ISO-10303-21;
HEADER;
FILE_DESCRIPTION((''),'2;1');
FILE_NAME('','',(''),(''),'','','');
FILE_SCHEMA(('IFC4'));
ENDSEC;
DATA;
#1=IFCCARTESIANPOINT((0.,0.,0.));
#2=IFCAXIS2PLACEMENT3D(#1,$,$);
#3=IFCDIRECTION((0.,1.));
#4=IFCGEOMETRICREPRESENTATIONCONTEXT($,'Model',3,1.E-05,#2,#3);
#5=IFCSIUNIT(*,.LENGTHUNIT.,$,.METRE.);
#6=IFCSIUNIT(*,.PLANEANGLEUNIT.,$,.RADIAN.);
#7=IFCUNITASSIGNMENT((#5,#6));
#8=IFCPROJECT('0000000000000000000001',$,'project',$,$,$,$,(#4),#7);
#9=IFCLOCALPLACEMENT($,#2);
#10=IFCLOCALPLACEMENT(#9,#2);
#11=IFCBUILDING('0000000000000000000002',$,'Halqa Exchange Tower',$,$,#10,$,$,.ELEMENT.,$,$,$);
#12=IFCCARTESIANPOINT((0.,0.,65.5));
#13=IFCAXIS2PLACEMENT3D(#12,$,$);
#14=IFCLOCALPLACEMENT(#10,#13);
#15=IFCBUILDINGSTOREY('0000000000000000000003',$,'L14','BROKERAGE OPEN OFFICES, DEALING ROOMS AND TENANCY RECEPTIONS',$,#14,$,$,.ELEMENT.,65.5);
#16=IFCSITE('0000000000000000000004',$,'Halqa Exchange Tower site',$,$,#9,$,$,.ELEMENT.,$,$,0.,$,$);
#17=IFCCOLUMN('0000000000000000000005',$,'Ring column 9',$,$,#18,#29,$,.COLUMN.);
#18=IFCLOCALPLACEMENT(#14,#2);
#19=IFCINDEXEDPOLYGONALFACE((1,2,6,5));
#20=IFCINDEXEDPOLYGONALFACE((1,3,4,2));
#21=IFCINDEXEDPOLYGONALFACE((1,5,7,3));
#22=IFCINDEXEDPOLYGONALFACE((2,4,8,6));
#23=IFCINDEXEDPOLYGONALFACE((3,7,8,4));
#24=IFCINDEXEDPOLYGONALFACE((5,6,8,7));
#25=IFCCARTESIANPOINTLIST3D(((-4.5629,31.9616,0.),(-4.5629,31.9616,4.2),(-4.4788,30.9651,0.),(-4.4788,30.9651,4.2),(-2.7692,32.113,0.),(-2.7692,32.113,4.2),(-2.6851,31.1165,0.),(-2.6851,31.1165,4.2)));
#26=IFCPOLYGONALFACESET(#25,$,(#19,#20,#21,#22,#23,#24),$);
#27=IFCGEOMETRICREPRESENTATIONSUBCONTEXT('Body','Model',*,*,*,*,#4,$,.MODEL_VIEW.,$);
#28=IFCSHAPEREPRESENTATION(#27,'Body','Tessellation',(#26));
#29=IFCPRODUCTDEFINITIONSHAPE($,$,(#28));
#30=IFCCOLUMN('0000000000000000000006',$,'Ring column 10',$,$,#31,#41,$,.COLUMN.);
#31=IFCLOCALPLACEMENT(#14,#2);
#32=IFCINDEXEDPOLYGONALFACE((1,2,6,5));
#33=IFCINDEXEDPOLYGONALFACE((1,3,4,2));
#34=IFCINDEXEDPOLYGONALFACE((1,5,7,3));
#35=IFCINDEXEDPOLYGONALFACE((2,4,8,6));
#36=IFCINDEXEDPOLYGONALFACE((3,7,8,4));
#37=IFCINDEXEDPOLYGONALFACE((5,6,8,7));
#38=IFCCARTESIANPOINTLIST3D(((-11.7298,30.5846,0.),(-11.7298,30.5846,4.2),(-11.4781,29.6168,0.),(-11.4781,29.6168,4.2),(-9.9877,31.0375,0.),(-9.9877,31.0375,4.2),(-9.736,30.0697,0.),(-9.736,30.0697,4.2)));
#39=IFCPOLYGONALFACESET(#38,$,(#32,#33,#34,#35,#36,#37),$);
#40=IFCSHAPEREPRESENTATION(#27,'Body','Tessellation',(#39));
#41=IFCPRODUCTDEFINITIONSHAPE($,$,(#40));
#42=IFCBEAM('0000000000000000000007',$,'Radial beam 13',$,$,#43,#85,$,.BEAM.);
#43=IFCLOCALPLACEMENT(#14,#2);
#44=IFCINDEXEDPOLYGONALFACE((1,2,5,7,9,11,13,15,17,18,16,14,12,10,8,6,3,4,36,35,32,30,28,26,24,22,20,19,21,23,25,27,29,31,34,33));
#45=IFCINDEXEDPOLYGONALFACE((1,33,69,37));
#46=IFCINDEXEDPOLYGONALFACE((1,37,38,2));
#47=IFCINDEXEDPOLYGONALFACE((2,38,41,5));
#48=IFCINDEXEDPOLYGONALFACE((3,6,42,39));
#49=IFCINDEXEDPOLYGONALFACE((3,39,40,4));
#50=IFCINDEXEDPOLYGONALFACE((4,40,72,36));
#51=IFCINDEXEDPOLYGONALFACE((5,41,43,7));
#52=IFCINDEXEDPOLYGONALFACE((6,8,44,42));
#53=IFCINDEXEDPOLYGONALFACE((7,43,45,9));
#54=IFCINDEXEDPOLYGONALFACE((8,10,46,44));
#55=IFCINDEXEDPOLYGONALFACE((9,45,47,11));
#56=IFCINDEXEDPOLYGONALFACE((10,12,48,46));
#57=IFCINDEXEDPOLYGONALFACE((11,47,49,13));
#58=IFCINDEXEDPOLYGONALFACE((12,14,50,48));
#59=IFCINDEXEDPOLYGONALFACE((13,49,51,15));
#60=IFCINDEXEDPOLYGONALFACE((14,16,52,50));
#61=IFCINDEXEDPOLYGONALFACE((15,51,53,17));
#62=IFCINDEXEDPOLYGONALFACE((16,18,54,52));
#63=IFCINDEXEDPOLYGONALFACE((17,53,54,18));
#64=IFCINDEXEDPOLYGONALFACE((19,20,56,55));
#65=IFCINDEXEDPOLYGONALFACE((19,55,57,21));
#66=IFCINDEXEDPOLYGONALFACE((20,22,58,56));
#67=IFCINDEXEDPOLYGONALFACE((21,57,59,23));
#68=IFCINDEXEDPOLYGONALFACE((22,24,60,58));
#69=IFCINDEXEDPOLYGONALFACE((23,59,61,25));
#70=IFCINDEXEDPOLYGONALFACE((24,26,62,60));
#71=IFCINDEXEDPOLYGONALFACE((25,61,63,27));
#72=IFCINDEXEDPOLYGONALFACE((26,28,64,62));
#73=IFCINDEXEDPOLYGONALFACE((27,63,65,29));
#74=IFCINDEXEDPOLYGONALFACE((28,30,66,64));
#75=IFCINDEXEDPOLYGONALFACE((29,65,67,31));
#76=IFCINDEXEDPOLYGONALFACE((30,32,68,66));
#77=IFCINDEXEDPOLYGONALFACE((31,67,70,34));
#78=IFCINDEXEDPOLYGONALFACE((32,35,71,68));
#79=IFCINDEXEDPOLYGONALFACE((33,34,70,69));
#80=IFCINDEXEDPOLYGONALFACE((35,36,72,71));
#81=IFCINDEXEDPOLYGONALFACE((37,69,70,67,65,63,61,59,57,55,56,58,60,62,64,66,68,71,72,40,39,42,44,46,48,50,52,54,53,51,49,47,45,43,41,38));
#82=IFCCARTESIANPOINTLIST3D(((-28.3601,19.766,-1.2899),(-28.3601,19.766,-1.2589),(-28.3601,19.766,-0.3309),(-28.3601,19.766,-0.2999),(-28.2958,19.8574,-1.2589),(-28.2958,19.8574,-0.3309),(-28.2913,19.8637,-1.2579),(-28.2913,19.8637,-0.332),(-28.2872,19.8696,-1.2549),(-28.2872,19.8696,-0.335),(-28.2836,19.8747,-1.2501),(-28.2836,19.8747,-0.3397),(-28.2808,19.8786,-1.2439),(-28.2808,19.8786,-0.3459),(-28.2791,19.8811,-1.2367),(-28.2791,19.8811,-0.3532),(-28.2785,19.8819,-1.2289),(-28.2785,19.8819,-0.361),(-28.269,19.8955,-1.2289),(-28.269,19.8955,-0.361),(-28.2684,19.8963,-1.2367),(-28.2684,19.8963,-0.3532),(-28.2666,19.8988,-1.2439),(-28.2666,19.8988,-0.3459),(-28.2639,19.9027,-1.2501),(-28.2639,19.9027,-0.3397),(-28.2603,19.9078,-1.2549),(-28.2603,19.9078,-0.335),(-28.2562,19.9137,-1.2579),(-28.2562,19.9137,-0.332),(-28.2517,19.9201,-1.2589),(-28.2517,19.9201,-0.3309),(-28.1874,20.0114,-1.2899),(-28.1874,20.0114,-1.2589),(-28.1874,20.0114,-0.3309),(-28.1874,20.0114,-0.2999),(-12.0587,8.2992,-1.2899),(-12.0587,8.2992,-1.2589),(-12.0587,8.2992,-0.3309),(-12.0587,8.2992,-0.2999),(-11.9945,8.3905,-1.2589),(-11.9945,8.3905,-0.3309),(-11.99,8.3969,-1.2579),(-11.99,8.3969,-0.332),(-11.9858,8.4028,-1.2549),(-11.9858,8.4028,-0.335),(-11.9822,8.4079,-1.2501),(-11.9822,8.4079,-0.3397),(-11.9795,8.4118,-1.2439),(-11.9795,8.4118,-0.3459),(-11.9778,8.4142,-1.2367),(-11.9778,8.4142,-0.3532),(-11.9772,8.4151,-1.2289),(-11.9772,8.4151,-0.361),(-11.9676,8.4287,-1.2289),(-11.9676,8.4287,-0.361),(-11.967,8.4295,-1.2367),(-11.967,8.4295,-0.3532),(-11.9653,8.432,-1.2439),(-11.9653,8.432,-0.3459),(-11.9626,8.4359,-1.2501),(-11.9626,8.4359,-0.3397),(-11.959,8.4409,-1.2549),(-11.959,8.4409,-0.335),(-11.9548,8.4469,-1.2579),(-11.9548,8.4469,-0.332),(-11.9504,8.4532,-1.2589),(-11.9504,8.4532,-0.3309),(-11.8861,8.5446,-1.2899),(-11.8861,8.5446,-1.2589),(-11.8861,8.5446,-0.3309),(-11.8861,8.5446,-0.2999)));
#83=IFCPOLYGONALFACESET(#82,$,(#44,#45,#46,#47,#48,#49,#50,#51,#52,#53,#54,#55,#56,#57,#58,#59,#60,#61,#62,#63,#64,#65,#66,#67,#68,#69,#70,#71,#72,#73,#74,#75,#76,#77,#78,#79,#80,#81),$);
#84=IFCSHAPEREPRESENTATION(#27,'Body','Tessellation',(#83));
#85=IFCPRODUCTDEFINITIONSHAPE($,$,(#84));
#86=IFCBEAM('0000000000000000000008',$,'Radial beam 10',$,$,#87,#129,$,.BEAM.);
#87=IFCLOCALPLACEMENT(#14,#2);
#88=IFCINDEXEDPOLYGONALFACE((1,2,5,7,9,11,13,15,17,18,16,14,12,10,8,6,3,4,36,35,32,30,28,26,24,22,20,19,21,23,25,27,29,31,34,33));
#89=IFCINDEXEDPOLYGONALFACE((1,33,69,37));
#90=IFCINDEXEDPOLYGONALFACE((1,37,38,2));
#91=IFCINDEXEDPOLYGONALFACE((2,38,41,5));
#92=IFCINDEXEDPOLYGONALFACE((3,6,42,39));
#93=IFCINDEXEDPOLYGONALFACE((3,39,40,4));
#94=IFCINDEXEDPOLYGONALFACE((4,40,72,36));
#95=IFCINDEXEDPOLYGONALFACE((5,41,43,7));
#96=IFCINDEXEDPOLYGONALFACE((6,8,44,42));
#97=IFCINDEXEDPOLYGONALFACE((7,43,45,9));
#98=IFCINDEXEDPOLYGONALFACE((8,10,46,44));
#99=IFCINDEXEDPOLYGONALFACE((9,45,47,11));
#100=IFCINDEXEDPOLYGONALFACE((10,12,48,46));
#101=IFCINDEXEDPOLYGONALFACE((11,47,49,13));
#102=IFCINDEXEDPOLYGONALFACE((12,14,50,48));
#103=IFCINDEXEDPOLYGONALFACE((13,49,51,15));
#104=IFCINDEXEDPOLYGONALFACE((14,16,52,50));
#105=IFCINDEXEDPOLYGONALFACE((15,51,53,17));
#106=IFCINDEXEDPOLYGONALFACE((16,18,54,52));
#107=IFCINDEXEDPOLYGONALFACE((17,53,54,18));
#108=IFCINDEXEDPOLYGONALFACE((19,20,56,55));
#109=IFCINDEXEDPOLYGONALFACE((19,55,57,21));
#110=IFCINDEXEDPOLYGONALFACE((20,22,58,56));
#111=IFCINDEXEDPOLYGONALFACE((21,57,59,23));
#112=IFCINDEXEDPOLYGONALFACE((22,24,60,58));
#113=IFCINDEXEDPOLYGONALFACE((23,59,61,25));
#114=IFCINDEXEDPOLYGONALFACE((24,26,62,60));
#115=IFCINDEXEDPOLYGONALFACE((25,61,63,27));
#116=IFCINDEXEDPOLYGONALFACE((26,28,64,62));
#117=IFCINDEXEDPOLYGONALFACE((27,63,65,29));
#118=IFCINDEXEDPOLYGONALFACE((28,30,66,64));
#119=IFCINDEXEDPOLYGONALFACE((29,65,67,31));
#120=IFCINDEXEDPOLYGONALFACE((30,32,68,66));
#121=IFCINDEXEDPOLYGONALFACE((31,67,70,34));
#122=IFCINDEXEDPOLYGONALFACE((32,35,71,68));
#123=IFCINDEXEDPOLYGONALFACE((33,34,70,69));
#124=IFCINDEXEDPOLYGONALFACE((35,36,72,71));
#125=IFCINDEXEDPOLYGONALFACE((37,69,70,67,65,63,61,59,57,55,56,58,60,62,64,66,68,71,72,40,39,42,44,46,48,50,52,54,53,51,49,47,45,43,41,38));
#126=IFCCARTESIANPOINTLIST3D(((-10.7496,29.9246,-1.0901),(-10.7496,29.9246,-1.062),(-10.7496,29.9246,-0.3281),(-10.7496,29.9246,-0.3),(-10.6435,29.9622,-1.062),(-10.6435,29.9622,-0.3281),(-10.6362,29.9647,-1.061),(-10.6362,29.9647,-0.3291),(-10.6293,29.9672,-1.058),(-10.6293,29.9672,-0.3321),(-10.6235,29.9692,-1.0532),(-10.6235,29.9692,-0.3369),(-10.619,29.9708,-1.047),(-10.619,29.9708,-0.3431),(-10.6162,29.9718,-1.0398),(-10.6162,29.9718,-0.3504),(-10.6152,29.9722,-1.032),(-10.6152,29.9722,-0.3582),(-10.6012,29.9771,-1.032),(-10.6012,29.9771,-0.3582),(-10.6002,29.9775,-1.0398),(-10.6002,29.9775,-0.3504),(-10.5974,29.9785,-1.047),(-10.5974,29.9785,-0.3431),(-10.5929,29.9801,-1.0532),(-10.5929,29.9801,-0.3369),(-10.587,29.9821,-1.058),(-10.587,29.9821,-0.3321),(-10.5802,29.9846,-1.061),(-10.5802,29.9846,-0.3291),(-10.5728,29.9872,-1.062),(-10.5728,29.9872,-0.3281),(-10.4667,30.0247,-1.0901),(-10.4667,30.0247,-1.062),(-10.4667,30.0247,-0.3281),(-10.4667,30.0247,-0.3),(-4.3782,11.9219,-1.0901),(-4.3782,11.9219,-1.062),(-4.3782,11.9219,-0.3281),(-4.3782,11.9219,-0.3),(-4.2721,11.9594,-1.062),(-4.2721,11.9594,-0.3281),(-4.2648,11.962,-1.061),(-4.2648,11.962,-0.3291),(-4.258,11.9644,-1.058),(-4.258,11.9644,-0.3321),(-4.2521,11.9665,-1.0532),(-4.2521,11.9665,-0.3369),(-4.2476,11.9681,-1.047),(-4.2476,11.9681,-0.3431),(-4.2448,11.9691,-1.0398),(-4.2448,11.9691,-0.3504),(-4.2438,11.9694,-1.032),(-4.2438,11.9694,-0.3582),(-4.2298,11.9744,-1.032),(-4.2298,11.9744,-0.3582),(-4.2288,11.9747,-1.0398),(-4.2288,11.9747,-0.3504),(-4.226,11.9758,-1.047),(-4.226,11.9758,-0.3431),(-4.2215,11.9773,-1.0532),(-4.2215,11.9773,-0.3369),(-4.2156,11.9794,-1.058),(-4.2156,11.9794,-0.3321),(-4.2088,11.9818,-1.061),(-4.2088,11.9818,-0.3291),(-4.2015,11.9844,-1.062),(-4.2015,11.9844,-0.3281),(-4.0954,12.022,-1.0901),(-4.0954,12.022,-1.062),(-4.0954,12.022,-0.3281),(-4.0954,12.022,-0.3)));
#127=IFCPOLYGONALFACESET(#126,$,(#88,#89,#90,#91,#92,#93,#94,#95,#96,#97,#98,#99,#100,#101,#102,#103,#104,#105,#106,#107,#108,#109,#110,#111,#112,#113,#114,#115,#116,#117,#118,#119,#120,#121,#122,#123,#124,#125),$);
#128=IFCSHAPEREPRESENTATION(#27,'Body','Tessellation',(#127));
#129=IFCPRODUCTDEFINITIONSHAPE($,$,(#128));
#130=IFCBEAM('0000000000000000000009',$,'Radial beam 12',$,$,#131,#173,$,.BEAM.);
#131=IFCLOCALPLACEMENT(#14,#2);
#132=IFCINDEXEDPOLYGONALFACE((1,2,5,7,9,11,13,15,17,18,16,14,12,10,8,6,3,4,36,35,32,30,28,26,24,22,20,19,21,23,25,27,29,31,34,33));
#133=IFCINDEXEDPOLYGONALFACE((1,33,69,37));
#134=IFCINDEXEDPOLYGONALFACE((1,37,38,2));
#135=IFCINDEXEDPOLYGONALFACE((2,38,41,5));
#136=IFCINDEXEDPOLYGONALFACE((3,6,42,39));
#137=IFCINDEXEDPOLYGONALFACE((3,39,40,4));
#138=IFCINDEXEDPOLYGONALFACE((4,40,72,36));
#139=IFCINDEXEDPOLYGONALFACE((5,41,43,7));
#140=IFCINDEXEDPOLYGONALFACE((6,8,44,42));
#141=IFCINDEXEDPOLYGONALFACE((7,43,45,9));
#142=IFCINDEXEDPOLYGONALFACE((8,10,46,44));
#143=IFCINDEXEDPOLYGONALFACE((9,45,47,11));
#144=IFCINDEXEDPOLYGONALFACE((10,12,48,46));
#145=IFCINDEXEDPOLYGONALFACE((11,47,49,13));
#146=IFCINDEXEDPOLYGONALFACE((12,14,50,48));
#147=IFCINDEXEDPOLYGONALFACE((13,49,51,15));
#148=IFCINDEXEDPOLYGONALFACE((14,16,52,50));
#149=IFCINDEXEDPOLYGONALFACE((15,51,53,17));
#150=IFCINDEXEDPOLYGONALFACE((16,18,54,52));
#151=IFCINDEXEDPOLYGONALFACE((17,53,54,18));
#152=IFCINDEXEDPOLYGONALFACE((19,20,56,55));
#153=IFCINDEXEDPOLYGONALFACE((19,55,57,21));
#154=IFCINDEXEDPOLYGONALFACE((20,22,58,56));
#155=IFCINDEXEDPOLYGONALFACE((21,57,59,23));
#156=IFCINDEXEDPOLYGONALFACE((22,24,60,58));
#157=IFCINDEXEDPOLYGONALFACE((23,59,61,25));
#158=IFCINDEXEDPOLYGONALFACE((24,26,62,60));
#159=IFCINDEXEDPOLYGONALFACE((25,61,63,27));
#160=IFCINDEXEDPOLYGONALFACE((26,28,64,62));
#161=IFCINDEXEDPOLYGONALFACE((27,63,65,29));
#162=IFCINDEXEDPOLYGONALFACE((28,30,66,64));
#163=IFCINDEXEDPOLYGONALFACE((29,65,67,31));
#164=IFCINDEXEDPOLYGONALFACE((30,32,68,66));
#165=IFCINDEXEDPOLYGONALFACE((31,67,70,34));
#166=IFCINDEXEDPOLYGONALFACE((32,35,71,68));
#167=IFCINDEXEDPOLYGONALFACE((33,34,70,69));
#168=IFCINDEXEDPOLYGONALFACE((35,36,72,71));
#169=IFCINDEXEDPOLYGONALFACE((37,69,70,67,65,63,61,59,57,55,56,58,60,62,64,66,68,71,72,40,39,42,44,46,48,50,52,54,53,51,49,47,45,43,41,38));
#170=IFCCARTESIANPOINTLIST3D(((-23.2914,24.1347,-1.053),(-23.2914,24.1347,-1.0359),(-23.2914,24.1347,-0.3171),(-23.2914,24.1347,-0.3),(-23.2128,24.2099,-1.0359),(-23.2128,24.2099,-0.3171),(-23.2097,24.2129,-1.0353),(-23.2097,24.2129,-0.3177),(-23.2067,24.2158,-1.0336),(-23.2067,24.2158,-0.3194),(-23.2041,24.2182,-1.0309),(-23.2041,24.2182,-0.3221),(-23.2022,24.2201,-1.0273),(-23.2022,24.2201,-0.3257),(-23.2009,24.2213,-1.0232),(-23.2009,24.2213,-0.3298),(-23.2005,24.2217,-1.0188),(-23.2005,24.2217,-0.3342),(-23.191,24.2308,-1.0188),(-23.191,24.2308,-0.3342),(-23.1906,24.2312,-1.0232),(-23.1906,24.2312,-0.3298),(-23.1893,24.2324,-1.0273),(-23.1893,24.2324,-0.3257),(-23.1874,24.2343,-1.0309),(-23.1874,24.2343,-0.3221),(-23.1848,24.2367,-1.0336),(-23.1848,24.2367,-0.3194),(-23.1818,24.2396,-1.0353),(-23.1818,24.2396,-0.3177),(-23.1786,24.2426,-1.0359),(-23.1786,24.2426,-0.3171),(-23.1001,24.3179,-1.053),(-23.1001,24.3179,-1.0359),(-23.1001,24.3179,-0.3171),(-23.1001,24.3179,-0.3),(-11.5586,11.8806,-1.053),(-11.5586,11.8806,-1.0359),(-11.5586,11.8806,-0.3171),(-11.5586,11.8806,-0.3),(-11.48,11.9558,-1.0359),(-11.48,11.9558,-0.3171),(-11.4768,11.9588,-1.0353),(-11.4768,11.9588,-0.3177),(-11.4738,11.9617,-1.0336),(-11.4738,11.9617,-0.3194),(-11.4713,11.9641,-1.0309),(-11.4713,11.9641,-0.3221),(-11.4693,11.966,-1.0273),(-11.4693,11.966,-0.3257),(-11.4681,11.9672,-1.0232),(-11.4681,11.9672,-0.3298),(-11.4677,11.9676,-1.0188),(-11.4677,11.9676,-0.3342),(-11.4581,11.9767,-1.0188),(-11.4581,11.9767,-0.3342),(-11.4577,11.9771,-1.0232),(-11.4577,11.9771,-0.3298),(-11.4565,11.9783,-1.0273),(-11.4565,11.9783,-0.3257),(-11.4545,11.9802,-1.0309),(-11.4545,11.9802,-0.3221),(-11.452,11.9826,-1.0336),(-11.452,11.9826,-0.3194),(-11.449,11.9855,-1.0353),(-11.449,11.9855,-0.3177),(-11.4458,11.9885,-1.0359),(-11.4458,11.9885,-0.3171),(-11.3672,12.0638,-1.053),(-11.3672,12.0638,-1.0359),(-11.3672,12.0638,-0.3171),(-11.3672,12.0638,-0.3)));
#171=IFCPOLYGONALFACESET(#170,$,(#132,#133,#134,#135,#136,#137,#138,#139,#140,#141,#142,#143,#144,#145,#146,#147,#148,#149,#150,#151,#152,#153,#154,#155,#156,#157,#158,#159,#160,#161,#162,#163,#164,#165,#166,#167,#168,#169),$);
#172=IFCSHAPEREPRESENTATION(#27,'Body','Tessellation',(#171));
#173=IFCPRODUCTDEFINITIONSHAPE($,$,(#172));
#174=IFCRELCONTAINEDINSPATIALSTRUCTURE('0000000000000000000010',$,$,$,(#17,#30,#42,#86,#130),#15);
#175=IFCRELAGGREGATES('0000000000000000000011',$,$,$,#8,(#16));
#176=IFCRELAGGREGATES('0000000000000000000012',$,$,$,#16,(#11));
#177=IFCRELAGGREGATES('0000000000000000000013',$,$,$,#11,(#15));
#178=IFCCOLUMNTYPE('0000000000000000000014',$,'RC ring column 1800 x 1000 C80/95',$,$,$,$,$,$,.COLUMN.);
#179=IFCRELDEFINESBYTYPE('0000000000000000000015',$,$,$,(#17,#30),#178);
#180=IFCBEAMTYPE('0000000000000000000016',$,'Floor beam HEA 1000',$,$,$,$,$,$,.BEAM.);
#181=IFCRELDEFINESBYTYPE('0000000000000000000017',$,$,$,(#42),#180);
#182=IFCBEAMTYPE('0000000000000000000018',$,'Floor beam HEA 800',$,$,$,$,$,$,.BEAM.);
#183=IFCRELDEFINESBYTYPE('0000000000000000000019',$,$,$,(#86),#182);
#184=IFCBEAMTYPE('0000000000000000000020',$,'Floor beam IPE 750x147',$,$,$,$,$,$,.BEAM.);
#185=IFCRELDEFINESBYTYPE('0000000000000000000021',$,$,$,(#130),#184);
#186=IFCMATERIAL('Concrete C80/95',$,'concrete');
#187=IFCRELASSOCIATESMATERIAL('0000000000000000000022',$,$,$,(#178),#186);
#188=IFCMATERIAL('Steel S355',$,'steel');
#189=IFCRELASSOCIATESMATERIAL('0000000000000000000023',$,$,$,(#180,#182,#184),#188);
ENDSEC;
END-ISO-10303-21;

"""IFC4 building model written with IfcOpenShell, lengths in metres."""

from ifc_helpers import new_model, si_unit, direction, frame, origin, origin_2d, place, context, subcontext, project, spatial, rectangle, i_section, extrude, material, material_profile, profile_set, type_object, element, save


model = new_model("IFC4")

# Units and contexts
model_context = context("Model", 3, precision=1e-05, world=origin(), true_north=direction((0.0, 1.0)))
body_context = subcontext(model_context, "Body", "Model", "MODEL_VIEW")
ifc_project = project(units=[si_unit("LENGTHUNIT", "METRE"), si_unit("PLANEANGLEUNIT", "RADIAN")], contexts=[model_context])

# Site, building, storey
site_placement = place(None, origin())
site = spatial("IfcSite", under=ifc_project, at=site_placement, Name="Halqa Exchange Tower site", CompositionType="ELEMENT", RefElevation=0.0)
building_placement = place(site_placement, origin())
building = spatial("IfcBuilding", under=site, at=building_placement, Name="Halqa Exchange Tower", CompositionType="ELEMENT")
storey_placement = place(building_placement, frame((0.0, 0.0, 65.5)))
storey = spatial("IfcBuildingStorey", under=building, at=storey_placement, Name="L14", Description="BROKERAGE OPEN OFFICES, DEALING ROOMS AND TENANCY RECEPTIONS", CompositionType="ELEMENT", Elevation=65.5)

# Columns
ifc_material_1 = material(Name="Concrete C80/95", Category="concrete")
ifc_material_profile_1 = material_profile(ifc_material_1, rectangle(XDim=1.8, YDim=1.0, at=origin_2d()), Name="1800 x 1000")
ifc_profile_set_1 = profile_set([ifc_material_profile_1], Name="Concrete C80/95")
column_type = type_object("IfcColumnType", Name="RC ring column 1800 x 1000 C80/95", PredefinedType="COLUMN", material=ifc_profile_set_1)
for number, where, z_axis, x_axis, name in (
    (1, (-3.624, 31.5391, 0.0), (0.0, 0.0, 1.0), (-0.996456, -0.08412, 0.0), "Ring column 9"),
    (2, (-10.7329, 30.3271, 0.0), (0.0, 0.0, 1.0), (-0.96782, -0.251644, 0.0), "Ring column 10"),
):
    element("IfcColumn", number, at=place(storey_placement, frame(where, z_axis=z_axis, x_axis=x_axis)), inside=storey, type_object=column_type, Name=name, PredefinedType="COLUMN", context=body_context, shape_type="SweptSolid", body=[
        extrude(rectangle(XDim=1.8, YDim=1.0, at=origin_2d()), origin(), (0.0, 0.0, 1.0), 4.2),
    ])

# Beams
ifc_material_2 = material(Name="Steel S355", Category="steel")
ifc_material_profile_2 = material_profile(ifc_material_2, i_section(OverallWidth=0.3, OverallDepth=0.99, WebThickness=0.0166, FlangeThickness=0.031, FilletRadius=0.03, at=origin_2d()), Name="HEA 1000")
ifc_profile_set_2 = profile_set([ifc_material_profile_2], Name="Steel S355")
beam_type_1 = type_object("IfcBeamType", Name="Floor beam HEA 1000", PredefinedType="BEAM", material=ifc_profile_set_2)
beam_1_placement = place(storey_placement, frame((-11.9724, 8.4219, -0.7949), z_axis=(-0.817912, 0.575344, 0.0), x_axis=(-0.575344, -0.817912, 0.0)))
element("IfcBeam", 3, at=beam_1_placement, inside=storey, type_object=beam_type_1, Name="Radial beam 13", PredefinedType="BEAM", context=body_context, shape_type="SweptSolid", body=[
    extrude(i_section(OverallWidth=0.3, OverallDepth=0.99, WebThickness=0.0166, FlangeThickness=0.031, FilletRadius=0.03, at=origin_2d()), origin(), (0.0, 0.0, 1.0), 19.9304),
])
ifc_material_profile_3 = material_profile(ifc_material_2, i_section(OverallWidth=0.3, OverallDepth=0.79, WebThickness=0.0149, FlangeThickness=0.0281, FilletRadius=0.03, at=origin_2d()), Name="HEA 800")
ifc_profile_set_3 = profile_set([ifc_material_profile_3], Name="Steel S355")
beam_type_2 = type_object("IfcBeamType", Name="Floor beam HEA 800", PredefinedType="BEAM", material=ifc_profile_set_3)
beam_2_placement = place(storey_placement, frame((-4.2368, 11.9719, -0.6951), z_axis=(-0.333632, 0.942703, 0.0), x_axis=(-0.942703, -0.333632, 0.0)))
element("IfcBeam", 4, at=beam_2_placement, inside=storey, type_object=beam_type_2, Name="Radial beam 10", PredefinedType="BEAM", context=body_context, shape_type="SweptSolid", body=[
    extrude(i_section(OverallWidth=0.3, OverallDepth=0.79, WebThickness=0.0149, FlangeThickness=0.0281, FilletRadius=0.03, at=origin_2d()), origin(), (0.0, 0.0, 1.0), 19.0969),
])
ifc_material_profile_4 = material_profile(ifc_material_2, i_section(OverallWidth=0.2649, OverallDepth=0.7529, WebThickness=0.0132, FlangeThickness=0.0171, FilletRadius=0.0171, at=origin_2d()), Name="IPE 750x147")
ifc_profile_set_4 = profile_set([ifc_material_profile_4], Name="Steel S355")
beam_type_3 = type_object("IfcBeamType", Name="Floor beam IPE 750x147", PredefinedType="BEAM", material=ifc_profile_set_4)
beam_3_placement = place(storey_placement, frame((-11.4629, 11.9722, -0.6765), z_axis=(-0.691578, 0.722302, 0.0), x_axis=(-0.722302, -0.691578, 0.0)))
element("IfcBeam", 5, at=beam_3_placement, inside=storey, type_object=beam_type_3, Name="Radial beam 12", PredefinedType="BEAM", context=body_context, shape_type="SweptSolid", body=[
    extrude(i_section(OverallWidth=0.2649, OverallDepth=0.7529, WebThickness=0.0132, FlangeThickness=0.0171, FilletRadius=0.0171, at=origin_2d()), origin(), (0.0, 0.0, 1.0), 16.9653),
])

save(model, "model.ifc")
